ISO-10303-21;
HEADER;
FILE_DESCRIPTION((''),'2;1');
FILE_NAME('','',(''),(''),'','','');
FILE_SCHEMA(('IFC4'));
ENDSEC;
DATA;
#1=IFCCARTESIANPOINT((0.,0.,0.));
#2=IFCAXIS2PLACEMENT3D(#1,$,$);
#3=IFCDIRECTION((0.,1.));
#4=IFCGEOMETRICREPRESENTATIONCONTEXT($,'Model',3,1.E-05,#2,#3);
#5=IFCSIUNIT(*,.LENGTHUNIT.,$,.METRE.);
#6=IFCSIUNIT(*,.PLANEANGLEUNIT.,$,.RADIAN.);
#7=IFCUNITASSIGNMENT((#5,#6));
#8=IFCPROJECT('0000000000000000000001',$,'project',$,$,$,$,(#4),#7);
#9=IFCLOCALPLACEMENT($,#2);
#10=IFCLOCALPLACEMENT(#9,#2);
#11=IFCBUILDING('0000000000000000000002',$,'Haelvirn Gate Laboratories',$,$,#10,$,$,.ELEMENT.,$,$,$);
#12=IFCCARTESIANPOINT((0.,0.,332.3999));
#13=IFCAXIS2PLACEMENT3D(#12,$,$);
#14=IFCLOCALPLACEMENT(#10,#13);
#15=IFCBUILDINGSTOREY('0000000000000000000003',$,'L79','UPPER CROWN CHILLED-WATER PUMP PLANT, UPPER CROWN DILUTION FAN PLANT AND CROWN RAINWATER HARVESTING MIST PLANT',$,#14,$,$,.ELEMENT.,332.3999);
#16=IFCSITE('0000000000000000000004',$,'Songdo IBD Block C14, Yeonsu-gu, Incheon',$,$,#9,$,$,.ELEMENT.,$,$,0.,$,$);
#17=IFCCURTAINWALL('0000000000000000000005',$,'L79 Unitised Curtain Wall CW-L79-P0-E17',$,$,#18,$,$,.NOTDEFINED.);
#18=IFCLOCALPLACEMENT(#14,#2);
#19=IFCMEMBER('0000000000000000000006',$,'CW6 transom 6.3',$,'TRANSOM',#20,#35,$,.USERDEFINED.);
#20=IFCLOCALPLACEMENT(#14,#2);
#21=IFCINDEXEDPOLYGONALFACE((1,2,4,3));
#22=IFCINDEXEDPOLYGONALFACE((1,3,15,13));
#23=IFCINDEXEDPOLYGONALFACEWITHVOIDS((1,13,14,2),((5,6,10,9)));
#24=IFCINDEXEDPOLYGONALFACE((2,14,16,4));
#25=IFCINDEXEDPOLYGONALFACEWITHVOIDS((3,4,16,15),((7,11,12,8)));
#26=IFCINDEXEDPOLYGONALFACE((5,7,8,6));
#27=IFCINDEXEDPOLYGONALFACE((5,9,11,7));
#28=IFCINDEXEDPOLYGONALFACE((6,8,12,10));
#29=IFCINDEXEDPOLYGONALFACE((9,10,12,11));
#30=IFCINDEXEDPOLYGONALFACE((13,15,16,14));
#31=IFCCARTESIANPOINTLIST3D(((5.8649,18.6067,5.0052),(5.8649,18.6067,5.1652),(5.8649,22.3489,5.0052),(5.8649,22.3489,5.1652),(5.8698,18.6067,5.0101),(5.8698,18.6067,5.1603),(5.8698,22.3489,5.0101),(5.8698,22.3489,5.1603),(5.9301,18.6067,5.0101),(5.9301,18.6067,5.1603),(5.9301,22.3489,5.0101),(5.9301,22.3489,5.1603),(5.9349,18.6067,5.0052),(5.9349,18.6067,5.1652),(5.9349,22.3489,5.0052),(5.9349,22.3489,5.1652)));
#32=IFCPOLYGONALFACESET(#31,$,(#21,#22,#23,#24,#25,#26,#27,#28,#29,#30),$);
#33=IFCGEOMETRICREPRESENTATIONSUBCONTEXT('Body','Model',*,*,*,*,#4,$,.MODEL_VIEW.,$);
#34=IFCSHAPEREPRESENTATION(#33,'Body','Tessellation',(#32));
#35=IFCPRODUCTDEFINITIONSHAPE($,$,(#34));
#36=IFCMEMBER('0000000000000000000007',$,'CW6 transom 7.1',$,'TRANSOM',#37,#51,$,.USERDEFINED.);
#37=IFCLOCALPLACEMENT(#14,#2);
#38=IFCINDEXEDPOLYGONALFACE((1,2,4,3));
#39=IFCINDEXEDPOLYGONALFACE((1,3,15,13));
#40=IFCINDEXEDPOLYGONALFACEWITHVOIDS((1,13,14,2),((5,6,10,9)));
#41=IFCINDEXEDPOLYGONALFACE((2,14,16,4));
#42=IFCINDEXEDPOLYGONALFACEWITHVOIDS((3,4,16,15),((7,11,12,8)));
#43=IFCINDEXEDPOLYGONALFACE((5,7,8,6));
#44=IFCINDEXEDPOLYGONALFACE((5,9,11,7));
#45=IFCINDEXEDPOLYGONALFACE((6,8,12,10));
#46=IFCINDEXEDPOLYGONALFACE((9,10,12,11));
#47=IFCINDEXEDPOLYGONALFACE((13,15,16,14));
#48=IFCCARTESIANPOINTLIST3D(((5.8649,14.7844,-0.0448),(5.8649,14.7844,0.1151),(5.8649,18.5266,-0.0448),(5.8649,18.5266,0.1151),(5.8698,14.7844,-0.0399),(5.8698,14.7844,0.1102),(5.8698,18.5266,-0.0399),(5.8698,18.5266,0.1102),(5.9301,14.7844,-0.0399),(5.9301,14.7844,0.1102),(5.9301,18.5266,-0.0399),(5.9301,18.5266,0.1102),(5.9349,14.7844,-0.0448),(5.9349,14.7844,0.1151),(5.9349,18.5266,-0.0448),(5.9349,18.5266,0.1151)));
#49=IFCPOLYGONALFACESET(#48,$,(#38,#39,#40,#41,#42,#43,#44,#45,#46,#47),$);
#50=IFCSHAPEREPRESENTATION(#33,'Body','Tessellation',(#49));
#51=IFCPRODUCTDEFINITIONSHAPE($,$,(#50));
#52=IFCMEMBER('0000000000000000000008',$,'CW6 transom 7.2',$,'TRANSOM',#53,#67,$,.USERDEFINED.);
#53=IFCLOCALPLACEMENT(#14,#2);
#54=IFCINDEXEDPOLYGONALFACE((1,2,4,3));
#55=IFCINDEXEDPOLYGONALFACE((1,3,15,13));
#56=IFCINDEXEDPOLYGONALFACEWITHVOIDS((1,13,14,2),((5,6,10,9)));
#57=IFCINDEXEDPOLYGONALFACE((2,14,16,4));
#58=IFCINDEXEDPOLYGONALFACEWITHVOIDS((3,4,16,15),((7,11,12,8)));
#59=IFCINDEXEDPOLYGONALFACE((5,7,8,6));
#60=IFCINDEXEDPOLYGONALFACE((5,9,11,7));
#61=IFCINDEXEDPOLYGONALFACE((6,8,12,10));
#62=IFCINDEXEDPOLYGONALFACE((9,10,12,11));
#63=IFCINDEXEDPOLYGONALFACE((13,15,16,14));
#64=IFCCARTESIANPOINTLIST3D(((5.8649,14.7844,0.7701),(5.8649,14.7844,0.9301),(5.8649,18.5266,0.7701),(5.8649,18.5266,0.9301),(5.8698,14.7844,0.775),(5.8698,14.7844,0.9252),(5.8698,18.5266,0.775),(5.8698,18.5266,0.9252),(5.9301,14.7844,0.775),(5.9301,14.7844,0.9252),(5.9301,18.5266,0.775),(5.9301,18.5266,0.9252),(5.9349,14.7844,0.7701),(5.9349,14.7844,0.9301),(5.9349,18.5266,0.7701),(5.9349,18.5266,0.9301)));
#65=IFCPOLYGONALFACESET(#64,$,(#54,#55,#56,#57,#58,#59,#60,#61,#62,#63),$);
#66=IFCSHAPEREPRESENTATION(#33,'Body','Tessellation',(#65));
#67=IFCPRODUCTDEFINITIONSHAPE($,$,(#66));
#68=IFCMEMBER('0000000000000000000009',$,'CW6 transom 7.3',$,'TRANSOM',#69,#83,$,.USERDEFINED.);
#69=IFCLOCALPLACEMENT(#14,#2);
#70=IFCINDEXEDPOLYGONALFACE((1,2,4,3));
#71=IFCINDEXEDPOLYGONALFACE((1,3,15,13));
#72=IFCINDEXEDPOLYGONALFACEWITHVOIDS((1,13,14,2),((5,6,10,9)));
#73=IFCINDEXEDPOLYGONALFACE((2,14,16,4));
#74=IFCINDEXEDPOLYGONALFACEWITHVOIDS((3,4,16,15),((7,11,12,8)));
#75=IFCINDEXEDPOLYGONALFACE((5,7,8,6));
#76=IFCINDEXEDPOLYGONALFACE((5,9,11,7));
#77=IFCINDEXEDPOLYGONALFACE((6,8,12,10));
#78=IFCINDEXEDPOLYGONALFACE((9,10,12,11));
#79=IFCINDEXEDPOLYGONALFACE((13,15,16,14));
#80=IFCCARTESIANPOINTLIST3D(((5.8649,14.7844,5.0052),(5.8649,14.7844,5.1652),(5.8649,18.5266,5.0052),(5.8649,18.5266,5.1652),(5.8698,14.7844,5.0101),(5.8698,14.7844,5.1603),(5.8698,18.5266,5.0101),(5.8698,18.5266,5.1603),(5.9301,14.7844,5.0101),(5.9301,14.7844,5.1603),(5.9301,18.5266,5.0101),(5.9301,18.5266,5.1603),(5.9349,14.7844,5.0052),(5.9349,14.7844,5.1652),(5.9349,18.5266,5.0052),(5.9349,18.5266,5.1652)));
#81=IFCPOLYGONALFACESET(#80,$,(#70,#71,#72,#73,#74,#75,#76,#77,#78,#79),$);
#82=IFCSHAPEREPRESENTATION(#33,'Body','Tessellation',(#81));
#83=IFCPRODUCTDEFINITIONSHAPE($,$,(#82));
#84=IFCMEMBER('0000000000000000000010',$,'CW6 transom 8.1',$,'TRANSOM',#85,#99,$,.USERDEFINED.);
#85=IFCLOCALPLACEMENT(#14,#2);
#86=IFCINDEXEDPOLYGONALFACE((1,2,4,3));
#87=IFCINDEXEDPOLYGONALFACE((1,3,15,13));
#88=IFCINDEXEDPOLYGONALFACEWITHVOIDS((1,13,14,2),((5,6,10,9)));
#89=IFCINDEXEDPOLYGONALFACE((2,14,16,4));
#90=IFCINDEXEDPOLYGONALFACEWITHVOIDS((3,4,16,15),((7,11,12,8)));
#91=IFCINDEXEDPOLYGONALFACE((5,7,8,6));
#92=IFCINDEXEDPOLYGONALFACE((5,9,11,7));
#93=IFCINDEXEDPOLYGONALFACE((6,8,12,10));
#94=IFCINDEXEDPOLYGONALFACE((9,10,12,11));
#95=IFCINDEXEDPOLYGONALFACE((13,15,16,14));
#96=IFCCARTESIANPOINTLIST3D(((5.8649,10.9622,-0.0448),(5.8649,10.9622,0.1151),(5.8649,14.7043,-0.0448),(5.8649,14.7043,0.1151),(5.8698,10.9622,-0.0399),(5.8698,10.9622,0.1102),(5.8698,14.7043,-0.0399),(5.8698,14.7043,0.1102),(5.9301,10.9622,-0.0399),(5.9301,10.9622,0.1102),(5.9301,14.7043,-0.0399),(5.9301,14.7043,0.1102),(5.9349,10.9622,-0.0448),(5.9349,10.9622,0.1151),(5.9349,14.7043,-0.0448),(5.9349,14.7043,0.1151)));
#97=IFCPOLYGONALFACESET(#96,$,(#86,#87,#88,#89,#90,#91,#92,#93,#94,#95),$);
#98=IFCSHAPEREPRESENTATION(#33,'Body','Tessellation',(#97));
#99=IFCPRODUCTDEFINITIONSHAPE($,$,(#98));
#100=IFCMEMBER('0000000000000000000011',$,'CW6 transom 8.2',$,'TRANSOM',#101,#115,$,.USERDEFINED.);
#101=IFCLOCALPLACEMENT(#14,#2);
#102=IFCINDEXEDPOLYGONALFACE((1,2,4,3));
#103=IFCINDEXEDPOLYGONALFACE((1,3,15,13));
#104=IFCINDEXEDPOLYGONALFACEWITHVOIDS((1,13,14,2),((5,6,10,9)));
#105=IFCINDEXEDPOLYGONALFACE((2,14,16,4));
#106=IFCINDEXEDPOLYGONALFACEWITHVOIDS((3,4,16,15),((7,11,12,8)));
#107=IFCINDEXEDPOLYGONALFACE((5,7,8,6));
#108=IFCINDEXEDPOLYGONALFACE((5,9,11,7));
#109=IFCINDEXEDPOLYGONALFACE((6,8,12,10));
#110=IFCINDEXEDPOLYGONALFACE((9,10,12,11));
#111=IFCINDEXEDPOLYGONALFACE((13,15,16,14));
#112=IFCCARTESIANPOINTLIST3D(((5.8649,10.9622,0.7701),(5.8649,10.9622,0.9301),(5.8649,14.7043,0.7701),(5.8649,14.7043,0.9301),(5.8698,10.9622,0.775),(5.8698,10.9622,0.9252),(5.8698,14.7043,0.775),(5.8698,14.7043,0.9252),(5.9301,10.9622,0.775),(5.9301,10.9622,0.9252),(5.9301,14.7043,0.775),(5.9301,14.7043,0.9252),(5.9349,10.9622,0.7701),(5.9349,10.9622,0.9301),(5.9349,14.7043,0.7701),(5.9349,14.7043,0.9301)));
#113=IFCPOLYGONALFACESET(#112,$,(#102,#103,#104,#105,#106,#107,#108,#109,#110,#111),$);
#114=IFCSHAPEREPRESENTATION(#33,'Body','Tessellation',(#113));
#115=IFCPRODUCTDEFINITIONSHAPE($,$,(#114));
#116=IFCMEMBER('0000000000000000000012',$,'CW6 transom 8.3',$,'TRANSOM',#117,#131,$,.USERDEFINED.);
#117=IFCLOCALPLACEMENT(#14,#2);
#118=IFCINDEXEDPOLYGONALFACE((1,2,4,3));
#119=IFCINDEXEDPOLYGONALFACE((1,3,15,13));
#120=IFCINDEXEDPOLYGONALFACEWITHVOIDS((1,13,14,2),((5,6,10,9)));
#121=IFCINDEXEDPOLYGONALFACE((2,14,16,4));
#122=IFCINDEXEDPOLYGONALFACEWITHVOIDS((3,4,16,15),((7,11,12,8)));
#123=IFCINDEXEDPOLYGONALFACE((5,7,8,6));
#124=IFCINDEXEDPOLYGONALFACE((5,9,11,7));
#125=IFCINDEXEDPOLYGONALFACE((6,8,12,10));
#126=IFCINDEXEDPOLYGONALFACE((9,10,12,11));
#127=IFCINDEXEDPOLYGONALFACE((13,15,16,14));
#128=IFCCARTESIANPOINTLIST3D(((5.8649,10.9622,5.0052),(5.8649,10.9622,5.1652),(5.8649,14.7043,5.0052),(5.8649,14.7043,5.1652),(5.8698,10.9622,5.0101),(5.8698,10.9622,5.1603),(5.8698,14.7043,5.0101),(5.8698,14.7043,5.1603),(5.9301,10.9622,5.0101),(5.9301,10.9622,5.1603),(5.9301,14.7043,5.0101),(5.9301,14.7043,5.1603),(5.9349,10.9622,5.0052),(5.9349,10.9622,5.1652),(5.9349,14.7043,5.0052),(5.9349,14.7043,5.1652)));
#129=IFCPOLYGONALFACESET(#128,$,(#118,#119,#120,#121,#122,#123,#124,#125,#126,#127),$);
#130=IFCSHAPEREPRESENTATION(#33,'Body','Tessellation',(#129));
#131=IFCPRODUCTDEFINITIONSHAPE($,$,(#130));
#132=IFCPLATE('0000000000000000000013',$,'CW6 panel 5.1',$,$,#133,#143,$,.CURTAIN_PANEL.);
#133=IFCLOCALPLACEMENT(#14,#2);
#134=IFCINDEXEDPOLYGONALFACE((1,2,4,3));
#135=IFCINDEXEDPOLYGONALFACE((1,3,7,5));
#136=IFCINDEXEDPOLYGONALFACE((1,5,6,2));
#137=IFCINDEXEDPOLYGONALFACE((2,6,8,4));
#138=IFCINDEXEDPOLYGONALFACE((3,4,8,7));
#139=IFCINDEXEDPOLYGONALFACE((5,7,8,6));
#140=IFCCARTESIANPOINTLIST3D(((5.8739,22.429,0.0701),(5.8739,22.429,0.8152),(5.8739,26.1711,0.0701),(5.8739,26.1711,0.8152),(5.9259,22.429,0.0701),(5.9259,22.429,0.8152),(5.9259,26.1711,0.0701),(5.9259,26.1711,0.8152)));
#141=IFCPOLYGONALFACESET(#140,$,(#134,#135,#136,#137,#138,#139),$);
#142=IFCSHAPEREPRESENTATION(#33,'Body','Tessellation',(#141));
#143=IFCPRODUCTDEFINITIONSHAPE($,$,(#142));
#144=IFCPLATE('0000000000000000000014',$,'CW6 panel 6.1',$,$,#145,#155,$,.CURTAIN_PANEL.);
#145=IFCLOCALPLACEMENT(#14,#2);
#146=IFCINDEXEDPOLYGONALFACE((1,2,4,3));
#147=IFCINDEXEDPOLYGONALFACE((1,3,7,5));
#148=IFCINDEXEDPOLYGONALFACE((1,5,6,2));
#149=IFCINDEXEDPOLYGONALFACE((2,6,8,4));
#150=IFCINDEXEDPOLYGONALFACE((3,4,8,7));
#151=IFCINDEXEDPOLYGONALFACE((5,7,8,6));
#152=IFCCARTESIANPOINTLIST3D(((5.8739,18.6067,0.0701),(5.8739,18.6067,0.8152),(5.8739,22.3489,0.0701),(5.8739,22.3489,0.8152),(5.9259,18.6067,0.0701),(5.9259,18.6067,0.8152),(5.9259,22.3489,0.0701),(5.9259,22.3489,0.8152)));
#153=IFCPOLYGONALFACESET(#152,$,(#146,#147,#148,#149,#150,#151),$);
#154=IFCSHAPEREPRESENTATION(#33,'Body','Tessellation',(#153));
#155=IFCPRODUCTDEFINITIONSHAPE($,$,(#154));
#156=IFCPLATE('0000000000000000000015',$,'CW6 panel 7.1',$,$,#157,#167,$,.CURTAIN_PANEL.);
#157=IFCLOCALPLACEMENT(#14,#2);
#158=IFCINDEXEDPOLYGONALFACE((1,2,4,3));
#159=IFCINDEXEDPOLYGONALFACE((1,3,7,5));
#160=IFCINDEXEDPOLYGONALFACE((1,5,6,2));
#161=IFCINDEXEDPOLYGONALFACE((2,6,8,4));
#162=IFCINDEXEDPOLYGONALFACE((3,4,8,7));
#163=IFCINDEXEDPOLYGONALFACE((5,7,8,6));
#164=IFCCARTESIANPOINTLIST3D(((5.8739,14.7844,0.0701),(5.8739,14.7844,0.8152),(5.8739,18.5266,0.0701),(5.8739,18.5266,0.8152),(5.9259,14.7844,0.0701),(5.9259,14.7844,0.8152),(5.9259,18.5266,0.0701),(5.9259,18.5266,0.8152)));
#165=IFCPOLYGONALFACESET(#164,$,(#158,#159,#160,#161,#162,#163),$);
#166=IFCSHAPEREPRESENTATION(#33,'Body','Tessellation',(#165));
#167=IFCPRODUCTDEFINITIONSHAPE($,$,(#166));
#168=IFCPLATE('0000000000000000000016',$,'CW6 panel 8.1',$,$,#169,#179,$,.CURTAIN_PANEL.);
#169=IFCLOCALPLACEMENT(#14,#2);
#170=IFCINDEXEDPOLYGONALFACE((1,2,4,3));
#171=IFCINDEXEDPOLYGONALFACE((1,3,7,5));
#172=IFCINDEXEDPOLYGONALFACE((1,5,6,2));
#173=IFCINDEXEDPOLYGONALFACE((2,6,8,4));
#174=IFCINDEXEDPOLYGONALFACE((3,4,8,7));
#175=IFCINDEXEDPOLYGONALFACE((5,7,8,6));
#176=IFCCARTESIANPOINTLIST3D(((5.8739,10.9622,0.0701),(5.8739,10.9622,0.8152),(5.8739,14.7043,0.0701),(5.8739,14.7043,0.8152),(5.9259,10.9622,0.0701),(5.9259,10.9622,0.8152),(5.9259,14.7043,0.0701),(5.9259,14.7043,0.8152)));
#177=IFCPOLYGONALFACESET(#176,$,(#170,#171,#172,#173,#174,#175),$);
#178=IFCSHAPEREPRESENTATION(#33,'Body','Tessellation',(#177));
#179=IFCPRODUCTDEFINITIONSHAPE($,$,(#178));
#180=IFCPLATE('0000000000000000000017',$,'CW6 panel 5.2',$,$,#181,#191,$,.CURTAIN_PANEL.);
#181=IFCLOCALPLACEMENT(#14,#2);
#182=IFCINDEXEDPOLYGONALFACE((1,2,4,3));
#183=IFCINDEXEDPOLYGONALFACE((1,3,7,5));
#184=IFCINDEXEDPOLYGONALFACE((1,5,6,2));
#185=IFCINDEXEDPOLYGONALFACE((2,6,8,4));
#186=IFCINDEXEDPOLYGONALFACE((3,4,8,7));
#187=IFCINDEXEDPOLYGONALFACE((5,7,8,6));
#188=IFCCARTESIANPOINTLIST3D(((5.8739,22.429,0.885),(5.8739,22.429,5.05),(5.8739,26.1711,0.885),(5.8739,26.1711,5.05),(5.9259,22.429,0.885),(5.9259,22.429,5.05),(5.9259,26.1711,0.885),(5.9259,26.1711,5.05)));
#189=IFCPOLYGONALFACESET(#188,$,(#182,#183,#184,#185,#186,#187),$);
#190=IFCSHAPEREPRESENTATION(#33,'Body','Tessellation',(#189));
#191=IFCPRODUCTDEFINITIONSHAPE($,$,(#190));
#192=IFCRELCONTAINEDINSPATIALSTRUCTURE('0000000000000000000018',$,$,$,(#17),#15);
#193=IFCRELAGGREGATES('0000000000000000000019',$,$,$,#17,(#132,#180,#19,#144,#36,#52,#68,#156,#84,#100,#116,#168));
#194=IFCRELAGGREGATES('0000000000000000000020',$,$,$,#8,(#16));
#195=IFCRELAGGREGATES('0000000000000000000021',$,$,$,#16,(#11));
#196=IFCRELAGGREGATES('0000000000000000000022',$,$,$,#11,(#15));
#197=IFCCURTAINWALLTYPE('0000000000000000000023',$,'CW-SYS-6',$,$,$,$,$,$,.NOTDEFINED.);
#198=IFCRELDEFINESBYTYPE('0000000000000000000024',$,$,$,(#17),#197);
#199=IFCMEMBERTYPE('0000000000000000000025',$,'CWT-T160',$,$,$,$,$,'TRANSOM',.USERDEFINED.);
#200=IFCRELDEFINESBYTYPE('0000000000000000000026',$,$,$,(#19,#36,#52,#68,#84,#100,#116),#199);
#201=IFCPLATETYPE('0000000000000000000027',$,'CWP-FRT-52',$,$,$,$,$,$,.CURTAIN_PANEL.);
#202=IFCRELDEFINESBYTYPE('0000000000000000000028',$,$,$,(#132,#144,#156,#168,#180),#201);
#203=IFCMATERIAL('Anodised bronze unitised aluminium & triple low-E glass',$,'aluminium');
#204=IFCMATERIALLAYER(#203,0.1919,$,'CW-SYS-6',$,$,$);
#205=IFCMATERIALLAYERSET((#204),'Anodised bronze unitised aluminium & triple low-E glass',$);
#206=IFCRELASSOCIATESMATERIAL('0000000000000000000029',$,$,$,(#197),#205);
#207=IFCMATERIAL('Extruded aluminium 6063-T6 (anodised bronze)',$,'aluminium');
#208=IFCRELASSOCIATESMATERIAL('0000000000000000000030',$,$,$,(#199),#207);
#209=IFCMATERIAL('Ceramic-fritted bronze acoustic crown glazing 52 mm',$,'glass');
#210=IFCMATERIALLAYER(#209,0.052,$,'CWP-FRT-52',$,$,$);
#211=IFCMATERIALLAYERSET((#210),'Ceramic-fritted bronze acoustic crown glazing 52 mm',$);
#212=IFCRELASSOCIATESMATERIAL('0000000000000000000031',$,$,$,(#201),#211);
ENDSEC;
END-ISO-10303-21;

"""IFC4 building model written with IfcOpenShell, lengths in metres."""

from ifc_helpers import new_model, si_unit, direction, frame, origin, origin_2d, place, context, subcontext, project, spatial, rectangle, hollow_rectangle, extrude, source, transform, mapped, material, layer, layer_set, material_profile, profile_set, type_object, type_shapes, element, aggregate, save


model = new_model("IFC4")

# Units and contexts
model_context = context("Model", 3, precision=1e-05, world=origin(), true_north=direction((0.0, 1.0)))
body_context = subcontext(model_context, "Body", "Model", "MODEL_VIEW")
ifc_project = project(units=[si_unit("LENGTHUNIT", "METRE"), si_unit("PLANEANGLEUNIT", "RADIAN")], contexts=[model_context])

# Site, building, storey
site_placement = place(None, origin())
site = spatial("IfcSite", under=ifc_project, at=site_placement, Name="Songdo IBD Block C14, Yeonsu-gu, Incheon", CompositionType="ELEMENT", RefElevation=0.0)
building_placement = place(site_placement, origin())
building = spatial("IfcBuilding", under=site, at=building_placement, Name="Haelvirn Gate Laboratories", CompositionType="ELEMENT")
storey_placement = place(building_placement, frame((0.0, 0.0, 332.3999)))
storey = spatial("IfcBuildingStorey", under=building, at=storey_placement, Name="L79", Description="UPPER CROWN CHILLED-WATER PUMP PLANT, UPPER CROWN DILUTION FAN PLANT AND CROWN RAINWATER HARVESTING MIST PLANT", CompositionType="ELEMENT", Elevation=332.3999)

# Curtain wall, members, plates
ifc_material_1 = material(Name="Anodised bronze unitised aluminium & triple low-E glass", Category="aluminium")
ifc_layer_1 = layer(ifc_material_1, 0.1919, Name="CW-SYS-6")
ifc_layer_set_1 = layer_set([ifc_layer_1], Name="Anodised bronze unitised aluminium & triple low-E glass")
curtain_wall_type = type_object("IfcCurtainWallType", Name="CW-SYS-6", PredefinedType="NOTDEFINED", material=ifc_layer_set_1)
curtain_wall_placement = place(storey_placement, origin())
curtain_wall = element("IfcCurtainWall", 1, at=curtain_wall_placement, inside=storey, type_object=curtain_wall_type, Name="L79 Unitised Curtain Wall CW-L79-P0-E17", PredefinedType="NOTDEFINED")
ifc_material_2 = material(Name="Extruded aluminium 6063-T6 (anodised bronze)", Category="aluminium")
ifc_material_profile_1 = material_profile(ifc_material_2, hollow_rectangle(XDim=0.0701, YDim=0.1599, WallThickness=0.0049, at=origin_2d()), Name="CWT-160x70x5")
ifc_profile_set_1 = profile_set([ifc_material_profile_1], Name="Extruded aluminium 6063-T6 (anodised bronze)")
member_type_1 = type_object("IfcMemberType", Name="CWT-T160", ElementType="TRANSOM", PredefinedType="USERDEFINED", material=ifc_profile_set_1)
shared_shape_1 = source(origin(), body_context, "Body", "SweptSolid", [
    extrude(hollow_rectangle(XDim=0.0701, YDim=0.1599, WallThickness=0.0049, at=origin_2d()), origin(), (0.0, 0.0, 1.0), 3.7422),
])
member_1_placement = place(storey_placement, frame((5.8999, 22.3489, 5.0852), z_axis=(0.0, -1.0, 0.0), x_axis=(1.0, 0.0, 0.0)))
member_1 = element("IfcMember", 2, at=member_1_placement, type_object=member_type_1, Name="CW6 transom 6.3", ObjectType="TRANSOM", PredefinedType="USERDEFINED", context=body_context, shape_type="MappedRepresentation", body=[
    mapped(shared_shape_1, transform((0.0, 0.0, 0.0), scale=1.0)),
])
member_2_placement = place(storey_placement, frame((5.8999, 18.5266, 0.0352), z_axis=(0.0, -1.0, 0.0), x_axis=(1.0, 0.0, 0.0)))
member_2 = element("IfcMember", 3, at=member_2_placement, type_object=member_type_1, Name="CW6 transom 7.1", ObjectType="TRANSOM", PredefinedType="USERDEFINED", context=body_context, shape_type="MappedRepresentation", body=[
    mapped(shared_shape_1, transform((0.0, 0.0, 0.0), scale=1.0)),
])
member_3_placement = place(storey_placement, frame((5.8999, 18.5266, 0.8501), z_axis=(0.0, -1.0, 0.0), x_axis=(1.0, 0.0, 0.0)))
member_3 = element("IfcMember", 4, at=member_3_placement, type_object=member_type_1, Name="CW6 transom 7.2", ObjectType="TRANSOM", PredefinedType="USERDEFINED", context=body_context, shape_type="MappedRepresentation", body=[
    mapped(shared_shape_1, transform((0.0, 0.0, 0.0), scale=1.0)),
])
member_4_placement = place(storey_placement, frame((5.8999, 18.5266, 5.0852), z_axis=(0.0, -1.0, 0.0), x_axis=(1.0, 0.0, 0.0)))
member_4 = element("IfcMember", 5, at=member_4_placement, type_object=member_type_1, Name="CW6 transom 7.3", ObjectType="TRANSOM", PredefinedType="USERDEFINED", context=body_context, shape_type="MappedRepresentation", body=[
    mapped(shared_shape_1, transform((0.0, 0.0, 0.0), scale=1.0)),
])
member_5_placement = place(storey_placement, frame((5.8999, 14.7043, 0.0352), z_axis=(0.0, -1.0, 0.0), x_axis=(1.0, 0.0, 0.0)))
member_5 = element("IfcMember", 6, at=member_5_placement, type_object=member_type_1, Name="CW6 transom 8.1", ObjectType="TRANSOM", PredefinedType="USERDEFINED", context=body_context, shape_type="MappedRepresentation", body=[
    mapped(shared_shape_1, transform((0.0, 0.0, 0.0), scale=1.0)),
])
member_6_placement = place(storey_placement, frame((5.8999, 14.7043, 0.8501), z_axis=(0.0, -1.0, 0.0), x_axis=(1.0, 0.0, 0.0)))
member_6 = element("IfcMember", 7, at=member_6_placement, type_object=member_type_1, Name="CW6 transom 8.2", ObjectType="TRANSOM", PredefinedType="USERDEFINED", context=body_context, shape_type="MappedRepresentation", body=[
    mapped(shared_shape_1, transform((0.0, 0.0, 0.0), scale=1.0)),
])
member_7_placement = place(storey_placement, frame((5.8999, 14.7043, 5.0852), z_axis=(0.0, -1.0, 0.0), x_axis=(1.0, 0.0, 0.0)))
member_7 = element("IfcMember", 8, at=member_7_placement, type_object=member_type_1, Name="CW6 transom 8.3", ObjectType="TRANSOM", PredefinedType="USERDEFINED", context=body_context, shape_type="MappedRepresentation", body=[
    mapped(shared_shape_1, transform((0.0, 0.0, 0.0), scale=1.0)),
])
ifc_material_3 = material(Name="Ceramic-fritted bronze acoustic crown glazing 52 mm", Category="glass")
ifc_layer_2 = layer(ifc_material_3, 0.052, Name="CWP-FRT-52")
ifc_layer_set_2 = layer_set([ifc_layer_2], Name="Ceramic-fritted bronze acoustic crown glazing 52 mm")
plate_type = type_object("IfcPlateType", Name="CWP-FRT-52", PredefinedType="CURTAIN_PANEL", material=ifc_layer_set_2)
shared_shape_2 = source(origin(), body_context, "Body", "SweptSolid", [
    extrude(rectangle(XDim=3.7422, YDim=0.052, at=origin_2d()), origin(), (0.0, 0.0, 1.0), 0.7451),
])
plate_1_placement = place(storey_placement, frame((5.8999, 24.3, 0.0701), z_axis=(0.0, 0.0, 1.0), x_axis=(0.0, -1.0, 0.0)))
plate_1 = element("IfcPlate", 9, at=plate_1_placement, type_object=plate_type, Name="CW6 panel 5.1", PredefinedType="CURTAIN_PANEL", context=body_context, shape_type="MappedRepresentation", body=[
    mapped(shared_shape_2, transform((0.0, 0.0, 0.0), scale=1.0)),
])
plate_2_placement = place(storey_placement, frame((5.8999, 20.4778, 0.0701), z_axis=(0.0, 0.0, 1.0), x_axis=(0.0, -1.0, 0.0)))
plate_2 = element("IfcPlate", 10, at=plate_2_placement, type_object=plate_type, Name="CW6 panel 6.1", PredefinedType="CURTAIN_PANEL", context=body_context, shape_type="MappedRepresentation", body=[
    mapped(shared_shape_2, transform((0.0, 0.0, 0.0), scale=1.0)),
])
plate_3_placement = place(storey_placement, frame((5.8999, 16.6555, 0.0701), z_axis=(0.0, 0.0, 1.0), x_axis=(0.0, -1.0, 0.0)))
plate_3 = element("IfcPlate", 11, at=plate_3_placement, type_object=plate_type, Name="CW6 panel 7.1", PredefinedType="CURTAIN_PANEL", context=body_context, shape_type="MappedRepresentation", body=[
    mapped(shared_shape_2, transform((0.0, 0.0, 0.0), scale=1.0)),
])
plate_4_placement = place(storey_placement, frame((5.8999, 12.8333, 0.0701), z_axis=(0.0, 0.0, 1.0), x_axis=(0.0, -1.0, 0.0)))
plate_4 = element("IfcPlate", 12, at=plate_4_placement, type_object=plate_type, Name="CW6 panel 8.1", PredefinedType="CURTAIN_PANEL", context=body_context, shape_type="MappedRepresentation", body=[
    mapped(shared_shape_2, transform((0.0, 0.0, 0.0), scale=1.0)),
])
shared_shape_3 = source(origin(), body_context, "Body", "SweptSolid", [
    extrude(rectangle(XDim=3.7422, YDim=0.052, at=origin_2d()), origin(), (0.0, 0.0, 1.0), 4.165),
])
type_shapes(plate_type, [shared_shape_2, shared_shape_3])
plate_5_placement = place(storey_placement, frame((5.8999, 24.3, 0.885), z_axis=(0.0, 0.0, 1.0), x_axis=(0.0, -1.0, 0.0)))
plate_5 = element("IfcPlate", 13, at=plate_5_placement, type_object=plate_type, Name="CW6 panel 5.2", PredefinedType="CURTAIN_PANEL", context=body_context, shape_type="MappedRepresentation", body=[
    mapped(shared_shape_3, transform((0.0, 0.0, 0.0), scale=1.0)),
])
aggregate(curtain_wall, [plate_1, plate_5, member_1, plate_2, member_2, member_3, member_4, plate_3, member_5, member_6, member_7, plate_4])

save(model, "model.ifc")
